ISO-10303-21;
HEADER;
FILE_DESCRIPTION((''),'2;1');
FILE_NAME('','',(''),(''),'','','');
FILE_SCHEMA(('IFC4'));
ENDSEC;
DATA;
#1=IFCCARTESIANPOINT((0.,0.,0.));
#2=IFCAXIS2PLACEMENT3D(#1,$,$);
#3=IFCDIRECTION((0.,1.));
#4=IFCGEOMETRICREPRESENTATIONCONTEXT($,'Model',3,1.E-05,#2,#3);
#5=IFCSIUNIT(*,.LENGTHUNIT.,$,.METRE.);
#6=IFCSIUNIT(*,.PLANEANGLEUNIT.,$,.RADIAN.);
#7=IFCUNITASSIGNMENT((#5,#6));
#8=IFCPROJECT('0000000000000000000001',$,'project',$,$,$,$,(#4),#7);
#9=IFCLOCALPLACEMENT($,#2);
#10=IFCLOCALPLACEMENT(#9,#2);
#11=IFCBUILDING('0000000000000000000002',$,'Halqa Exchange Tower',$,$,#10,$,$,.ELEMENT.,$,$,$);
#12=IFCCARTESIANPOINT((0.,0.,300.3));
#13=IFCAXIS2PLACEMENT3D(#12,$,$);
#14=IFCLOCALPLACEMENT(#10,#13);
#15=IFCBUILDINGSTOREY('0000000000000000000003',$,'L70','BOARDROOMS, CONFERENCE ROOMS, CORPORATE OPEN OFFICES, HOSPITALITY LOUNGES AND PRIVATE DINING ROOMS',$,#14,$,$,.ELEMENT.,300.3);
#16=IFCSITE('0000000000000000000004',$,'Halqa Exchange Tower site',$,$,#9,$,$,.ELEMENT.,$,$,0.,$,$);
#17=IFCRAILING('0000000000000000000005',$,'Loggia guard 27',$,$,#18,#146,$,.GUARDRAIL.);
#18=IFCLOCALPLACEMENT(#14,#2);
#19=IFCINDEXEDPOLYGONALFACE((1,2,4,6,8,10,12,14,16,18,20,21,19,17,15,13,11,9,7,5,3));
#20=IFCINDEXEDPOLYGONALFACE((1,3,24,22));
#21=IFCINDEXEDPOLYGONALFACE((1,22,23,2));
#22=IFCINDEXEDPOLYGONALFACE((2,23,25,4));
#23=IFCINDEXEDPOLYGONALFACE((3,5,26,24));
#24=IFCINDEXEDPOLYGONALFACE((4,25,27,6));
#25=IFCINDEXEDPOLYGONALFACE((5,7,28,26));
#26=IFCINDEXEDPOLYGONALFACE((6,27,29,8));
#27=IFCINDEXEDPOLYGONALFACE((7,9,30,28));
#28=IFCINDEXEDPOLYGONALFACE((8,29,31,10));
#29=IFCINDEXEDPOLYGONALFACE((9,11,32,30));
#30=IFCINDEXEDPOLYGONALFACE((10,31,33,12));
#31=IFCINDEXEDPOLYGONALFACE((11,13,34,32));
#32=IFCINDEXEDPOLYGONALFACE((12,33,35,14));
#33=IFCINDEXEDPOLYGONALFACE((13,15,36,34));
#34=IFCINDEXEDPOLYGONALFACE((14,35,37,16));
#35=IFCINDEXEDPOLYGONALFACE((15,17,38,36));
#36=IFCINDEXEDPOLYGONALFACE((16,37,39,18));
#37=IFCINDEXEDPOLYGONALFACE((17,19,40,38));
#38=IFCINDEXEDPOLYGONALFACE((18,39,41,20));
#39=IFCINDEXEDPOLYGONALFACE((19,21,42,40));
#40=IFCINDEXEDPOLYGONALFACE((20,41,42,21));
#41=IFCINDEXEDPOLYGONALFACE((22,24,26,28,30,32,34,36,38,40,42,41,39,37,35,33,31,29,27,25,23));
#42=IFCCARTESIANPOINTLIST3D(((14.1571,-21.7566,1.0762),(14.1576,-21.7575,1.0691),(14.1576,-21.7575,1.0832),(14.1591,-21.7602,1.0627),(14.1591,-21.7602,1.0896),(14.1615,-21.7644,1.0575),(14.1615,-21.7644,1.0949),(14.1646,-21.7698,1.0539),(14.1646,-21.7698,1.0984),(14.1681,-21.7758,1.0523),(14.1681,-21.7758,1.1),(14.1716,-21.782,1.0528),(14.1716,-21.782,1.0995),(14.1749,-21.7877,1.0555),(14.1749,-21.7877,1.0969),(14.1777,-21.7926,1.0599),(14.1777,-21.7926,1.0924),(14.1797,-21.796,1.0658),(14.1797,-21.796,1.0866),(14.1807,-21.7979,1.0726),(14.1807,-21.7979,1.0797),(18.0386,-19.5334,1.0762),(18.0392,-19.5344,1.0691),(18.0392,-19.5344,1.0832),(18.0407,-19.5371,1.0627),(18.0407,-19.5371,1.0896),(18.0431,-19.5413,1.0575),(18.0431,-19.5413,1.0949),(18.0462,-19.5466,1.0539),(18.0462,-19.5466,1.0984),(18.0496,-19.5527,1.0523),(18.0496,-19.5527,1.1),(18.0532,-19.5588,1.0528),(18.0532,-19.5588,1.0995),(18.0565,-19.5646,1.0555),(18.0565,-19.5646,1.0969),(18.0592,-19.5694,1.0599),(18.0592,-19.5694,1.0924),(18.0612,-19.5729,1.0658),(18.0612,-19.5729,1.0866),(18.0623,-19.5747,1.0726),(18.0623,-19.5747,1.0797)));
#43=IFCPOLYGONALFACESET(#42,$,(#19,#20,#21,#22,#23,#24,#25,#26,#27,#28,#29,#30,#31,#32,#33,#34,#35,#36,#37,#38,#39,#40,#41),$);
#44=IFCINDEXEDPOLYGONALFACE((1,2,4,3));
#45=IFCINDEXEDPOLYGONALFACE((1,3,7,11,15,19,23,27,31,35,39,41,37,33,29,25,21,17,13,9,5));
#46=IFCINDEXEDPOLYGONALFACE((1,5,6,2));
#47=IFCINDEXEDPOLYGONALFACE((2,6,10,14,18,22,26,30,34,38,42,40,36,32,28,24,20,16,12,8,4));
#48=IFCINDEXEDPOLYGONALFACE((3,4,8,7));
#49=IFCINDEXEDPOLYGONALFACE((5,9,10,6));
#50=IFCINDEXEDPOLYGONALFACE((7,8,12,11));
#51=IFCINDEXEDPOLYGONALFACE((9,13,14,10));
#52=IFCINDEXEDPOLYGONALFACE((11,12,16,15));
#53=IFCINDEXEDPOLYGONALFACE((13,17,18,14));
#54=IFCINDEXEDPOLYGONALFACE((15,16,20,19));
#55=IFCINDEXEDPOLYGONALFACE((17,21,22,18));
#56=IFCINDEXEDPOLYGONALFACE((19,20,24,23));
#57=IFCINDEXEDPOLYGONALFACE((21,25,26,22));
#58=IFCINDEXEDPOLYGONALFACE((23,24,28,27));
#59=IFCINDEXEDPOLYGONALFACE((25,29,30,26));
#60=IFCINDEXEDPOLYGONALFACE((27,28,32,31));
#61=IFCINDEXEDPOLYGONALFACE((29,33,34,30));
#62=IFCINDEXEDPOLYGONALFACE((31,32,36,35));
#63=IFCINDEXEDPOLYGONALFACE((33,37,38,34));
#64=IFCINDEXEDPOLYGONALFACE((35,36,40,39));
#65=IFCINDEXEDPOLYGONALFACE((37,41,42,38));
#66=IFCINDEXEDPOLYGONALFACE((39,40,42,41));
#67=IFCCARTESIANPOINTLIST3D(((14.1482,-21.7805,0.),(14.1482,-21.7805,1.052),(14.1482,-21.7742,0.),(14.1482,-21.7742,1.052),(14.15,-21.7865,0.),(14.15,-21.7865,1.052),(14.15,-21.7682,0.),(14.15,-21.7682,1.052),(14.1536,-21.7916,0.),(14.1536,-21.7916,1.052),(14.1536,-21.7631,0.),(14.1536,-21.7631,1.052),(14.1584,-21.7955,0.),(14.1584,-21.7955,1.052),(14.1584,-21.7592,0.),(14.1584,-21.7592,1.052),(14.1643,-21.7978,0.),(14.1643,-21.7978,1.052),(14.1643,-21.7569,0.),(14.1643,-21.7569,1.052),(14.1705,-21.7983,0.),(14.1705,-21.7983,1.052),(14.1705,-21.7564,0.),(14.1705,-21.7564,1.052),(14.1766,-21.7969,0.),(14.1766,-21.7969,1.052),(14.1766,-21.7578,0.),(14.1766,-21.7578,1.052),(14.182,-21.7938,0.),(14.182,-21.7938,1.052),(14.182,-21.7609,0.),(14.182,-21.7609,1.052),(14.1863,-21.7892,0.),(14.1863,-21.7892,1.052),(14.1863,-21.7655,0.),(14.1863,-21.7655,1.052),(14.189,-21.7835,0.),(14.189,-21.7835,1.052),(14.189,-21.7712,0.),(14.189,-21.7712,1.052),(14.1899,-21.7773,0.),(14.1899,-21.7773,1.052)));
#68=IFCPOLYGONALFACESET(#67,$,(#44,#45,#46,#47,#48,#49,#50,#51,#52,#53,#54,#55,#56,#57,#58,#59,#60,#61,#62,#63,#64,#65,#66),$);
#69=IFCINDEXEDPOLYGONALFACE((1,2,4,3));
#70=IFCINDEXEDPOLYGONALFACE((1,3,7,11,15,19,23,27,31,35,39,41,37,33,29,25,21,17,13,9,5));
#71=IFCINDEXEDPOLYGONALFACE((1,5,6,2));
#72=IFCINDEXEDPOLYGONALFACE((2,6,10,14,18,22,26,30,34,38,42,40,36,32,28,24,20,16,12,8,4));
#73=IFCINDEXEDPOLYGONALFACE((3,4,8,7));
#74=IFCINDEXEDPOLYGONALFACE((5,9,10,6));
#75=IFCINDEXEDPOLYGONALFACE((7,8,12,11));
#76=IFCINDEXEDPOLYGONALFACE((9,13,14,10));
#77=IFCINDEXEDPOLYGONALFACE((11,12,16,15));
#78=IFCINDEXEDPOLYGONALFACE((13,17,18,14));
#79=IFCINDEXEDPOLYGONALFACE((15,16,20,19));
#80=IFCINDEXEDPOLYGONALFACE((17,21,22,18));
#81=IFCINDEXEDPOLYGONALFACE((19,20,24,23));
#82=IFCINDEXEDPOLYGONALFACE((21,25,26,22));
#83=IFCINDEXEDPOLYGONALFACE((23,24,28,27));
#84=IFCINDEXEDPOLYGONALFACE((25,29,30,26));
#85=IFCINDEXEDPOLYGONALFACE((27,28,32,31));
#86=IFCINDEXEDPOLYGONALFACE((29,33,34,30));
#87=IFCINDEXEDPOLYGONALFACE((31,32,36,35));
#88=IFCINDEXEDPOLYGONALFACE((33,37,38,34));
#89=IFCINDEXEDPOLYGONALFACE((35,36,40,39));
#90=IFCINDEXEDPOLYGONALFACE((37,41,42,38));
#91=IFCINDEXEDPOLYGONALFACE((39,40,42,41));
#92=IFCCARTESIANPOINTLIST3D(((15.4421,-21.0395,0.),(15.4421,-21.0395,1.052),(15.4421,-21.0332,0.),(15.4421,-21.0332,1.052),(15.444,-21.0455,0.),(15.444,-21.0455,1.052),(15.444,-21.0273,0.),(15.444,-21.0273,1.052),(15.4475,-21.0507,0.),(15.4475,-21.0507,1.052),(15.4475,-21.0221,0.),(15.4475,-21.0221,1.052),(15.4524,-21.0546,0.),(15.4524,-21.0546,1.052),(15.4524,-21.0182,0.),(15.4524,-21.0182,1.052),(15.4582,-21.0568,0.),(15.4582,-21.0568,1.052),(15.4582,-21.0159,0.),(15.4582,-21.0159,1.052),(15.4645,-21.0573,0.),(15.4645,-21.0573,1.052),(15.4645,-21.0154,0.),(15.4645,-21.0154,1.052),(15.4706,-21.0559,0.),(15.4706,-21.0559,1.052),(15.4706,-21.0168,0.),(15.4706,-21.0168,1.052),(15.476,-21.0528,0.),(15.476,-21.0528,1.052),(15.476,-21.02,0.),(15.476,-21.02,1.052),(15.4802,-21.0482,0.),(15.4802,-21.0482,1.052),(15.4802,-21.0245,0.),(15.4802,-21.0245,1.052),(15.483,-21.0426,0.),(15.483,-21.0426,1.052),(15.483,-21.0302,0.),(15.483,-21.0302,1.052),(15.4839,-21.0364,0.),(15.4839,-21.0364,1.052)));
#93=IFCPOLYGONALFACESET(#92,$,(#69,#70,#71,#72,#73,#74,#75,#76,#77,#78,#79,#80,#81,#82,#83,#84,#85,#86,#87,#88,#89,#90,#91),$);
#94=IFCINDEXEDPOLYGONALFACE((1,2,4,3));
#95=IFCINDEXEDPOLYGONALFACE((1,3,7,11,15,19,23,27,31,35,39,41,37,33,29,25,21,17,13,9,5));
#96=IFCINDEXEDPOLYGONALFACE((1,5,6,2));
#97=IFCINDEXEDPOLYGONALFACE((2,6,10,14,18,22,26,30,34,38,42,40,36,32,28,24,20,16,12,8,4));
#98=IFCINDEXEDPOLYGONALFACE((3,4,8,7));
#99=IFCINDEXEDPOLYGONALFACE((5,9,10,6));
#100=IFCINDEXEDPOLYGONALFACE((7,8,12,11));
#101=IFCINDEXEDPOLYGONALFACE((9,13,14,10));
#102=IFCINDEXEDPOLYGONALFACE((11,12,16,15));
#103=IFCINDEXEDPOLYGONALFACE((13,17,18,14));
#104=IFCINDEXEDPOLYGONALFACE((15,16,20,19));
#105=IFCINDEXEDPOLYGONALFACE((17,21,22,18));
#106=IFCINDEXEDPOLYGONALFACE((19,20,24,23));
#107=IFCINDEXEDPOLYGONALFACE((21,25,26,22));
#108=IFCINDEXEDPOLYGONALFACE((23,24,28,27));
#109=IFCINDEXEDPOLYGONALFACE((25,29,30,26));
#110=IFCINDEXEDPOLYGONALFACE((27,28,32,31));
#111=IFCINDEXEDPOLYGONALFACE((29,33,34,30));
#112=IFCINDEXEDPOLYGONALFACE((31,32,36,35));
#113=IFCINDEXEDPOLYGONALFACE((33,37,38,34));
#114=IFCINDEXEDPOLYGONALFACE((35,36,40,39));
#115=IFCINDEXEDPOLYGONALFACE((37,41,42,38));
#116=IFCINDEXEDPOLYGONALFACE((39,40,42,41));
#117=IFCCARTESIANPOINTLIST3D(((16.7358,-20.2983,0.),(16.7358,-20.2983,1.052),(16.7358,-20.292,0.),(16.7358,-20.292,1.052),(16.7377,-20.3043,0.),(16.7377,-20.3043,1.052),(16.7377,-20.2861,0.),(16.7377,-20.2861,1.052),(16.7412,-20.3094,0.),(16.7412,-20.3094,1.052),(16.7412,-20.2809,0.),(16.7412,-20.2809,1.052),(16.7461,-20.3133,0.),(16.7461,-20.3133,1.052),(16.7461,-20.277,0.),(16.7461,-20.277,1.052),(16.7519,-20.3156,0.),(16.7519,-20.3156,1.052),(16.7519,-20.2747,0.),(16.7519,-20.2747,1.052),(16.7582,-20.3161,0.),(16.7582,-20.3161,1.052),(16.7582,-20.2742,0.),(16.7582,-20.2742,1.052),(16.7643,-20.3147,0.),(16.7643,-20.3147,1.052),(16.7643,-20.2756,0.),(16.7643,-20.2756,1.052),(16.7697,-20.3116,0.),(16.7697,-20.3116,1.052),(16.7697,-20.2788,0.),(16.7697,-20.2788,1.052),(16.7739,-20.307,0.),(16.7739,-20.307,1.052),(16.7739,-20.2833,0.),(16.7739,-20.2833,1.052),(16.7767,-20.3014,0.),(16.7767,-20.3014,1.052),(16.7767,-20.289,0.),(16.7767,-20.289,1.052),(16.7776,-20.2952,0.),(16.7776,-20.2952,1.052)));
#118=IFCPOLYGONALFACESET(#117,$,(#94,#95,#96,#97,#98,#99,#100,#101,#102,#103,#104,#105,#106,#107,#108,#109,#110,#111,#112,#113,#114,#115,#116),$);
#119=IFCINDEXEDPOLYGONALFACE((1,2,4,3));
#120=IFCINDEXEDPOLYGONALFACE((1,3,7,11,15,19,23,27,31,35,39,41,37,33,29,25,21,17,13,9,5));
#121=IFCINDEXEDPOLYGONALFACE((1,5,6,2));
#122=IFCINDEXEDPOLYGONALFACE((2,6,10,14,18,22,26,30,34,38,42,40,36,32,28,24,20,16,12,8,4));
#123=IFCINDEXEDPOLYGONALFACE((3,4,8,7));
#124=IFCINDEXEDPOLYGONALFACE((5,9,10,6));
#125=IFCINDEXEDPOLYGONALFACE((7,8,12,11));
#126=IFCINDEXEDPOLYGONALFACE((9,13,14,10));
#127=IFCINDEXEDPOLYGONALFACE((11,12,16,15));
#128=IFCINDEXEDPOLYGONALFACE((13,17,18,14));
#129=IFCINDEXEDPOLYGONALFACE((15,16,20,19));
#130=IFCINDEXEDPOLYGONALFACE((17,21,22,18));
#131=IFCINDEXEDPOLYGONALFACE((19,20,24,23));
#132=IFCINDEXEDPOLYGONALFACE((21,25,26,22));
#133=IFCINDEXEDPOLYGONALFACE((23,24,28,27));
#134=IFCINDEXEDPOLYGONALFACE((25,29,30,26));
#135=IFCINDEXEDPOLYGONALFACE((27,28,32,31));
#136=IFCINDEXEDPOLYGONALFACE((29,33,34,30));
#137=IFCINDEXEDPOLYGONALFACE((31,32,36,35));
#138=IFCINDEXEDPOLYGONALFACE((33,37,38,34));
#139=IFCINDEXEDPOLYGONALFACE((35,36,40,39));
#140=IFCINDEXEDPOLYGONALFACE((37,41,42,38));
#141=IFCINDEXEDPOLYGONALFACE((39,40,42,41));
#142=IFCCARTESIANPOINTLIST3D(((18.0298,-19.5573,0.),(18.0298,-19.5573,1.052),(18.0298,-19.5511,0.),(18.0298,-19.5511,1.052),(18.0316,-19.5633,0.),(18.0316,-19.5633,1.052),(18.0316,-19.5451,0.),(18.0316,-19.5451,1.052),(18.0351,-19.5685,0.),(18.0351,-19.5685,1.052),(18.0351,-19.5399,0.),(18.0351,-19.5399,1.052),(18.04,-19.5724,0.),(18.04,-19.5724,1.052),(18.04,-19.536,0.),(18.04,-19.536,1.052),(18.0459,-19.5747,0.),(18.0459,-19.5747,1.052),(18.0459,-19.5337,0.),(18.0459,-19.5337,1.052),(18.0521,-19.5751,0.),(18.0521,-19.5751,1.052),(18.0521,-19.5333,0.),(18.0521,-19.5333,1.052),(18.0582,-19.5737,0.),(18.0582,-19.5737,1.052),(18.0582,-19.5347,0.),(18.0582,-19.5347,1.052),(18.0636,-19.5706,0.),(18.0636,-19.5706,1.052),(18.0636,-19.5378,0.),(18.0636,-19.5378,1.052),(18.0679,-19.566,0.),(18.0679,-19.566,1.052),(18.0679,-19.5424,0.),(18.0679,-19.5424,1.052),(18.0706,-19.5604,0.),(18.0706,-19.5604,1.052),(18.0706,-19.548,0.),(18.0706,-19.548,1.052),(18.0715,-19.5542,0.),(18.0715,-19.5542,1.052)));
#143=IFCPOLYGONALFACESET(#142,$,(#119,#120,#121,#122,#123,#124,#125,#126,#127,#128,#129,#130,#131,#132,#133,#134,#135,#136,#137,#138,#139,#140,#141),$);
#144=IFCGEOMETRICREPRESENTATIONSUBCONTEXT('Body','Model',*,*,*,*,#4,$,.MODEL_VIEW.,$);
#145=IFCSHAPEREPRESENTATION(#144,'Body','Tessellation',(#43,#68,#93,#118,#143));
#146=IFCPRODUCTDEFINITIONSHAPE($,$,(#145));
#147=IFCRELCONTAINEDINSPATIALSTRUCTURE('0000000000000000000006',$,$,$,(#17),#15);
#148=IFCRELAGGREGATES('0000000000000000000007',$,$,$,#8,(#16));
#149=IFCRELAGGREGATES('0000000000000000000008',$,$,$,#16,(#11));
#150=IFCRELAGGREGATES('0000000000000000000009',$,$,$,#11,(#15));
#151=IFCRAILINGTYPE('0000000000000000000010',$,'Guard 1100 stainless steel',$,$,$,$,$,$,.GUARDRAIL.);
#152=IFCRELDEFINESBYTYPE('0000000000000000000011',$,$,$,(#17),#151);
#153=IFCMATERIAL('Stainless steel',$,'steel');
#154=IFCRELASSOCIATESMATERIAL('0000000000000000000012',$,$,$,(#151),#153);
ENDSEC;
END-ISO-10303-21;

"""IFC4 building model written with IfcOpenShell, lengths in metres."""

from ifc_helpers import new_model, si_unit, direction, frame, origin, origin_2d, place, context, subcontext, project, spatial, circle, extrude, material, type_object, element, save


model = new_model("IFC4")

# Units and contexts
model_context = context("Model", 3, precision=1e-05, world=origin(), true_north=direction((0.0, 1.0)))
body_context = subcontext(model_context, "Body", "Model", "MODEL_VIEW")
ifc_project = project(units=[si_unit("LENGTHUNIT", "METRE"), si_unit("PLANEANGLEUNIT", "RADIAN")], contexts=[model_context])

# Site, building, storey
site_placement = place(None, origin())
site = spatial("IfcSite", under=ifc_project, at=site_placement, Name="Halqa Exchange Tower site", CompositionType="ELEMENT", RefElevation=0.0)
building_placement = place(site_placement, origin())
building = spatial("IfcBuilding", under=site, at=building_placement, Name="Halqa Exchange Tower", CompositionType="ELEMENT")
storey_placement = place(building_placement, frame((0.0, 0.0, 300.3)))
storey = spatial("IfcBuildingStorey", under=building, at=storey_placement, Name="L70", Description="BOARDROOMS, CONFERENCE ROOMS, CORPORATE OPEN OFFICES, HOSPITALITY LOUNGES AND PRIVATE DINING ROOMS", CompositionType="ELEMENT", Elevation=300.3)

# Railing
ifc_material_1 = material(Name="Stainless steel", Category="steel")
railing_type = type_object("IfcRailingType", Name="Guard 1100 stainless steel", PredefinedType="GUARDRAIL", material=ifc_material_1)
railing_1_placement = place(storey_placement, frame((14.1689, -21.7773, 0.0)))
element("IfcRailing", 1, at=railing_1_placement, inside=storey, type_object=railing_type, Name="Loggia guard 27", PredefinedType="GUARDRAIL", context=body_context, shape_type="SweptSolid", body=[
    extrude(circle(Radius=0.0239, at=origin_2d()), frame((0.0, 0.0, 1.0762), z_axis=(0.867752, 0.496997, 0.0), x_axis=(-0.496997, 0.867752, 0.0)), (0.0, 0.0, 1.0), 4.4731),
    extrude(circle(Radius=0.021, at=origin_2d()), origin(), (0.0, 0.0, 1.0), 1.052),
    extrude(circle(Radius=0.021, at=origin_2d()), frame((1.2939, 0.741, 0.0)), (0.0, 0.0, 1.0), 1.052),
    extrude(circle(Radius=0.021, at=origin_2d()), frame((2.5876, 1.4822, 0.0)), (0.0, 0.0, 1.0), 1.052),
    extrude(circle(Radius=0.021, at=origin_2d()), frame((3.8816, 2.2231, 0.0)), (0.0, 0.0, 1.0), 1.052),
])

save(model, "model.ifc")
